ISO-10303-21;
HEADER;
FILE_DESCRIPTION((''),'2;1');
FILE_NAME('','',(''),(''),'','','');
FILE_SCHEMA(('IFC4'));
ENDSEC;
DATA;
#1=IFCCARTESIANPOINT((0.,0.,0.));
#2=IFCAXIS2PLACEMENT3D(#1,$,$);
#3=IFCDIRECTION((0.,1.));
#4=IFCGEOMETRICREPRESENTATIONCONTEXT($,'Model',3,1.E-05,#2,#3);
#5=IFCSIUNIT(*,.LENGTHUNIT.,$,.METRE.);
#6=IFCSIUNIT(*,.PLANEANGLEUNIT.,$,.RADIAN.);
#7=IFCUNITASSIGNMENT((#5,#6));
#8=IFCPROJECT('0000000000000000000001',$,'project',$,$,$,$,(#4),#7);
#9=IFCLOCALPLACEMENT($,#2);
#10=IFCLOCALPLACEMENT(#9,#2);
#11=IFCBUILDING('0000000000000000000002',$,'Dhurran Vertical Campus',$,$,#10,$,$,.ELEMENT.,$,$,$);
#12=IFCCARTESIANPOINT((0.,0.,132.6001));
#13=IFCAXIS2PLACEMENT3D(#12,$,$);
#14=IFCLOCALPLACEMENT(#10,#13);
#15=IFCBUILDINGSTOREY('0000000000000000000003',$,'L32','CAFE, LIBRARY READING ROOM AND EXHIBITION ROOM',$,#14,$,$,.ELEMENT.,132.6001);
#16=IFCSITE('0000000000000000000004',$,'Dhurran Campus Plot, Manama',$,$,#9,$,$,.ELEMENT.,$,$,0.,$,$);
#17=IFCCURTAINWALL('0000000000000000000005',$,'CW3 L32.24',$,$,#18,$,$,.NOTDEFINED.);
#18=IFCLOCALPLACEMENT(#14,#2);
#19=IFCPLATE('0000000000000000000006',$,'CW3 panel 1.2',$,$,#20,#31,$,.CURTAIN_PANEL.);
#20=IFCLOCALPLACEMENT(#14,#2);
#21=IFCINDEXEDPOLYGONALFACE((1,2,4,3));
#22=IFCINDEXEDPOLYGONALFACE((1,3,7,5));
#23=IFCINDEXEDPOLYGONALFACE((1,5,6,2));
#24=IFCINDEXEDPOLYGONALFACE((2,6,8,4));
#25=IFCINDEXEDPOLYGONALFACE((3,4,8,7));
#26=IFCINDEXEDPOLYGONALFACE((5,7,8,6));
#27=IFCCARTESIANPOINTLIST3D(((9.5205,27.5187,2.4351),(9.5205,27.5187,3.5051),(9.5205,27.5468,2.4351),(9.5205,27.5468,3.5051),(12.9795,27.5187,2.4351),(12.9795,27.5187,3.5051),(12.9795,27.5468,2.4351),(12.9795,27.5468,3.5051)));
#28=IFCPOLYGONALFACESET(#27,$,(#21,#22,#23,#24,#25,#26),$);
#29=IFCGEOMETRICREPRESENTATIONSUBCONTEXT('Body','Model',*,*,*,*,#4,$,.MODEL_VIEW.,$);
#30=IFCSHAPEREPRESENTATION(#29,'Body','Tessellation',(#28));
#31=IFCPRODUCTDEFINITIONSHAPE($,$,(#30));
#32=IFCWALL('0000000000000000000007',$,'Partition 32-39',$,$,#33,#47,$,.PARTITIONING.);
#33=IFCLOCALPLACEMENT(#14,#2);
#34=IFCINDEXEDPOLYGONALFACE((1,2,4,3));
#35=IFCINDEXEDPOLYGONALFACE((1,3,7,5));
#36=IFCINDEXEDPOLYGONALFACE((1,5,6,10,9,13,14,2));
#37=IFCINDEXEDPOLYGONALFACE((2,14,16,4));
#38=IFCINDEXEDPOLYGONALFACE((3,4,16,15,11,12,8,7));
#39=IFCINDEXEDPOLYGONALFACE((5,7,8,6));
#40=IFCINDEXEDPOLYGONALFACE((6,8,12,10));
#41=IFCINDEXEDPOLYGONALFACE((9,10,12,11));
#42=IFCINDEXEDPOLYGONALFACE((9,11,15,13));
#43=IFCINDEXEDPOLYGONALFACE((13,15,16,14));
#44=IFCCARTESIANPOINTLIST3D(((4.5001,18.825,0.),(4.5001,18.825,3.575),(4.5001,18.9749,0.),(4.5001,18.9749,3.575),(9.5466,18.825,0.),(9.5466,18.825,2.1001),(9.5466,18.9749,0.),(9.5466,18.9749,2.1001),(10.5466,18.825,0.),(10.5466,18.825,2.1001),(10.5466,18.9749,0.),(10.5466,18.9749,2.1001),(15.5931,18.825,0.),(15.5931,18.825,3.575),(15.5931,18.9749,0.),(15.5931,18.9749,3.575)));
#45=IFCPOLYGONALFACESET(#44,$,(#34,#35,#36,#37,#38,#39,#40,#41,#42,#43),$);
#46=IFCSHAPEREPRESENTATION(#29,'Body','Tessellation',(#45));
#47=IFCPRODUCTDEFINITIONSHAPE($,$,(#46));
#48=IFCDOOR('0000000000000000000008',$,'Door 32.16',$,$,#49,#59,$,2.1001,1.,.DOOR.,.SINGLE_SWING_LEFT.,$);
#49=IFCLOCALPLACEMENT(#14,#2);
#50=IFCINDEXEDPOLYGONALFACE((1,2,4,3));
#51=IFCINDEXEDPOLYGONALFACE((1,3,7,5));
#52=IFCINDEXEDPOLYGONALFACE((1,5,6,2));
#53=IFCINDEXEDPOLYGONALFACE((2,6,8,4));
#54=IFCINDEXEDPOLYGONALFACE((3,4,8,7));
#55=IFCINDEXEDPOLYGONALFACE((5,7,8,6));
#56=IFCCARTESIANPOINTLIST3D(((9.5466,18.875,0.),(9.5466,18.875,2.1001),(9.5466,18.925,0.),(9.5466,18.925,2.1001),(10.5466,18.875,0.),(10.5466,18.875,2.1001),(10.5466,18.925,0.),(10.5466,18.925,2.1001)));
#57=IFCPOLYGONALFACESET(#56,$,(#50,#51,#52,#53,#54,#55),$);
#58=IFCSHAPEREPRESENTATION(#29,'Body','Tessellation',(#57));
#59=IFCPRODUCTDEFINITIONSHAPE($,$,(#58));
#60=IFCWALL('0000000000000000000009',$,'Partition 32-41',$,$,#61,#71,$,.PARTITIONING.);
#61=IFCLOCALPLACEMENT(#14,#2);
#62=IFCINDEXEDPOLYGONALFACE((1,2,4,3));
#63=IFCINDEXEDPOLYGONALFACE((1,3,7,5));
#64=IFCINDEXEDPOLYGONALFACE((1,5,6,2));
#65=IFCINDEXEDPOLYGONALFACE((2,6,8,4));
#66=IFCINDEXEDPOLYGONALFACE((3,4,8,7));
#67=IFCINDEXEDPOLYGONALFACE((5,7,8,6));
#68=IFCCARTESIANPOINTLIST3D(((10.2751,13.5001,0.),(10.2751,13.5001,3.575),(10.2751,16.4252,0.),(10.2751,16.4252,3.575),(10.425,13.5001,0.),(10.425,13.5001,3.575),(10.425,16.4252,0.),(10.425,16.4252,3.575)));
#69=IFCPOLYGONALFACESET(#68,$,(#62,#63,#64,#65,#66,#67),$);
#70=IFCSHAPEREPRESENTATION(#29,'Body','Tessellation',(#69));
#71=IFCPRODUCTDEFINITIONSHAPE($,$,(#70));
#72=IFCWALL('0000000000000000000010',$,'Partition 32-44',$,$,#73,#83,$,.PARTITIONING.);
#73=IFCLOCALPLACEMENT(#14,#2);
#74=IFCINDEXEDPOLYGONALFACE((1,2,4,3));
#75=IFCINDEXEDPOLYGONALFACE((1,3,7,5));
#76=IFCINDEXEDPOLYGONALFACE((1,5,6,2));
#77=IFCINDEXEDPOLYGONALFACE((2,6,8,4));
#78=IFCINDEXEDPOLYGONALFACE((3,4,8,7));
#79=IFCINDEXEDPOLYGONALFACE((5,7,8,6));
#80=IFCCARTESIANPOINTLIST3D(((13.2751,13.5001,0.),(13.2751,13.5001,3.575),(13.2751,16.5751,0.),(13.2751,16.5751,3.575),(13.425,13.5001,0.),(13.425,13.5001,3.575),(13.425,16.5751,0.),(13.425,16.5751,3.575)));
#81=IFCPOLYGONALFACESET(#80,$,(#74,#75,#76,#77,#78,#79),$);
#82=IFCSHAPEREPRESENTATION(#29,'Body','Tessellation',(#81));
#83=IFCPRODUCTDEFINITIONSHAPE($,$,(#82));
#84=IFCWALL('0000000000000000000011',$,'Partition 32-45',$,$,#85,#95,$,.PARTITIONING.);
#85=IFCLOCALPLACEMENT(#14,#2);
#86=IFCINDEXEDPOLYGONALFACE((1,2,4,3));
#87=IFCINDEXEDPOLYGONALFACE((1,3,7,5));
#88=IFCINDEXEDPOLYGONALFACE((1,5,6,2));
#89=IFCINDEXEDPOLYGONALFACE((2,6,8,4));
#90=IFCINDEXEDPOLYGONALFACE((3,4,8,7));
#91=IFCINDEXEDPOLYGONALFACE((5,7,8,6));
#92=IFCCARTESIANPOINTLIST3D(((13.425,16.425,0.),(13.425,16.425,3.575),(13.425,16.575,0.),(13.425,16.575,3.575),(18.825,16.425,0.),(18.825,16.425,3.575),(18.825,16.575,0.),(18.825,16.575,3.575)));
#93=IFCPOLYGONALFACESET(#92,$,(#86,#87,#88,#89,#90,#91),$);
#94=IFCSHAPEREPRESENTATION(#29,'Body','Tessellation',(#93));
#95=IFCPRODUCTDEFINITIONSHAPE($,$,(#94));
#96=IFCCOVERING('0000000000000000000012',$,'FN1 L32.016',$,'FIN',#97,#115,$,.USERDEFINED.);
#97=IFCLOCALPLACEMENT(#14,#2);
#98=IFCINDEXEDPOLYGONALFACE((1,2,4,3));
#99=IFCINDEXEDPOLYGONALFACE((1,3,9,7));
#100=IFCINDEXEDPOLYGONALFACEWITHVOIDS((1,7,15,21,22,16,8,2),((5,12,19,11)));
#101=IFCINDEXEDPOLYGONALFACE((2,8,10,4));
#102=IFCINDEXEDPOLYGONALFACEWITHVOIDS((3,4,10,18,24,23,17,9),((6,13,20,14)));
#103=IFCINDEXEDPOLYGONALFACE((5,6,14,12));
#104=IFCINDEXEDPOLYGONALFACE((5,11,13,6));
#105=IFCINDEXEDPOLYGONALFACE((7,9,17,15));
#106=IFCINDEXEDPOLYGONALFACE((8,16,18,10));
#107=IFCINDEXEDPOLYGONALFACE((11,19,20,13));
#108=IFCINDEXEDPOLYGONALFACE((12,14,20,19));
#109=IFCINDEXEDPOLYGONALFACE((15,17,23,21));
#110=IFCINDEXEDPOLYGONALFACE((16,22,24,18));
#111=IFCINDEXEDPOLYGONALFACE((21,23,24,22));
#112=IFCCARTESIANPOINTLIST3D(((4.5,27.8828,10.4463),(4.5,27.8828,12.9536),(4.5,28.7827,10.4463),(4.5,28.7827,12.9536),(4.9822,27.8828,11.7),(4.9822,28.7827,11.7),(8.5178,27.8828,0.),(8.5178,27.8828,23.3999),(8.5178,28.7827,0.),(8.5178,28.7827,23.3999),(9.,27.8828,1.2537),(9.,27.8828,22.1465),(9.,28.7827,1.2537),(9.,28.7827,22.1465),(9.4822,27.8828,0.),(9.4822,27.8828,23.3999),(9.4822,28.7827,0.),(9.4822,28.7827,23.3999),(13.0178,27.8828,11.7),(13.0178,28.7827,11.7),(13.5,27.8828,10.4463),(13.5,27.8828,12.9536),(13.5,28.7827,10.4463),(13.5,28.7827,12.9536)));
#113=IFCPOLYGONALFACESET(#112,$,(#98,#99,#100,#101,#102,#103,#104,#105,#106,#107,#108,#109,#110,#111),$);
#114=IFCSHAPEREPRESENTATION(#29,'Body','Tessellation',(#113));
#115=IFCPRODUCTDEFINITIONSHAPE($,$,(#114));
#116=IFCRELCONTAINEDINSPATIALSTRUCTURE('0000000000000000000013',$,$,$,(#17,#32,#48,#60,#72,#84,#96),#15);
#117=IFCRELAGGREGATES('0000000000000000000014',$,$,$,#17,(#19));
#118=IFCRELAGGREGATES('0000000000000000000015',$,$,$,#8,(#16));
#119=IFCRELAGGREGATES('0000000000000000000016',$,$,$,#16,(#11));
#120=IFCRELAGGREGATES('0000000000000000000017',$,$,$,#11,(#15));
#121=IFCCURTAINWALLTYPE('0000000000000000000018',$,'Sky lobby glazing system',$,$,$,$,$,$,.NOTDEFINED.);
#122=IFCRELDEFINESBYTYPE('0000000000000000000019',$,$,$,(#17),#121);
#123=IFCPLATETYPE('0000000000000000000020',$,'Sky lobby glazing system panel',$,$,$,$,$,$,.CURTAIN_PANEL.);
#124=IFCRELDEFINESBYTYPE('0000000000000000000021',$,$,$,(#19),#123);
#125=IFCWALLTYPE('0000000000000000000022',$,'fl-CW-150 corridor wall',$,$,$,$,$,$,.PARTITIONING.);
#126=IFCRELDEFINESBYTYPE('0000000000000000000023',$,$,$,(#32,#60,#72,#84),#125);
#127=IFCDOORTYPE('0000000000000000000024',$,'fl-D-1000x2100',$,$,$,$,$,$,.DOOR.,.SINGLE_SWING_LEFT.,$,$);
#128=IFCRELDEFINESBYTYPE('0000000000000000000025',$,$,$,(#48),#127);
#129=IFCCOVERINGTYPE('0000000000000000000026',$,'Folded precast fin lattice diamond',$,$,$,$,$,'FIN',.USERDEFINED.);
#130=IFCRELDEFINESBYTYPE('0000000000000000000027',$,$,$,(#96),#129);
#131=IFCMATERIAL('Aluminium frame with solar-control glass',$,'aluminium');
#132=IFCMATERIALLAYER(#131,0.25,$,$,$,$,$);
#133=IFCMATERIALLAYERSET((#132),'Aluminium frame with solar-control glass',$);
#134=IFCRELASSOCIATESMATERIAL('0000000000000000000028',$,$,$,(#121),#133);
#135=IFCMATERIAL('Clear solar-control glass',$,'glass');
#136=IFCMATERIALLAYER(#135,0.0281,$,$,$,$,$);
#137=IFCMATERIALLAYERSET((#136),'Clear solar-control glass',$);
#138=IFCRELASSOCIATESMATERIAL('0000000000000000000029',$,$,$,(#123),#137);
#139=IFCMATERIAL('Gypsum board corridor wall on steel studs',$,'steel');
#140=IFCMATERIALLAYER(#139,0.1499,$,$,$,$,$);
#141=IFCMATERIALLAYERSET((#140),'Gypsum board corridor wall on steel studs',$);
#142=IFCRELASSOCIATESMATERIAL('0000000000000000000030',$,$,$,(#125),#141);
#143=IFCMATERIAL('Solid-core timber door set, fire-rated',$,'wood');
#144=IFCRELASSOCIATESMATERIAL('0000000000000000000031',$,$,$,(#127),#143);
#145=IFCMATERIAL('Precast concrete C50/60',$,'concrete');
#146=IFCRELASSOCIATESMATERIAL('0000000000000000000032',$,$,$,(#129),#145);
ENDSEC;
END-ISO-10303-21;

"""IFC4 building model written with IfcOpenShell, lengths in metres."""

from ifc_helpers import new_model, si_unit, direction, frame, frame_2d, origin, origin_2d, place, context, subcontext, project, spatial, polyline, rectangle, outline, extrude, material, layer, layer_set, type_object, element, fill, aggregate, save


model = new_model("IFC4")

# Units and contexts
model_context = context("Model", 3, precision=1e-05, world=origin(), true_north=direction((0.0, 1.0)))
body_context = subcontext(model_context, "Body", "Model", "MODEL_VIEW")
ifc_project = project(units=[si_unit("LENGTHUNIT", "METRE"), si_unit("PLANEANGLEUNIT", "RADIAN")], contexts=[model_context])

# Site, building, storey
site_placement = place(None, origin())
site = spatial("IfcSite", under=ifc_project, at=site_placement, Name="Dhurran Campus Plot, Manama", CompositionType="ELEMENT", RefElevation=0.0)
building_placement = place(site_placement, origin())
building = spatial("IfcBuilding", under=site, at=building_placement, Name="Dhurran Vertical Campus", CompositionType="ELEMENT")
storey_placement = place(building_placement, frame((0.0, 0.0, 132.6001)))
storey = spatial("IfcBuildingStorey", under=building, at=storey_placement, Name="L32", Description="CAFE, LIBRARY READING ROOM AND EXHIBITION ROOM", CompositionType="ELEMENT", Elevation=132.6001)

# Shared definitions
ifc_material_1 = material(Name="Aluminium frame with solar-control glass", Category="aluminium")
ifc_layer_1 = layer(ifc_material_1, 0.25)
ifc_layer_set_1 = layer_set([ifc_layer_1], Name="Aluminium frame with solar-control glass")
curtain_wall_type = type_object("IfcCurtainWallType", Name="Sky lobby glazing system", PredefinedType="NOTDEFINED", material=ifc_layer_set_1)

# Curtain wall
curtain_wall_1_placement = place(storey_placement, origin())
curtain_wall_1 = element("IfcCurtainWall", 1, at=curtain_wall_1_placement, inside=storey, type_object=curtain_wall_type, Name="CW3 L32.24", PredefinedType="NOTDEFINED")

# Plate
ifc_material_2 = material(Name="Clear solar-control glass", Category="glass")
ifc_layer_2 = layer(ifc_material_2, 0.0281)
ifc_layer_set_2 = layer_set([ifc_layer_2], Name="Clear solar-control glass")
plate_type = type_object("IfcPlateType", Name="Sky lobby glazing system panel", PredefinedType="CURTAIN_PANEL", material=ifc_layer_set_2)
plate_1_placement = place(storey_placement, frame((11.25, 27.5327, 2.4351), z_axis=(0.0, 0.0, 1.0), x_axis=(-1.0, 0.0, 0.0)))
plate_1 = element("IfcPlate", 2, at=plate_1_placement, type_object=plate_type, Name="CW3 panel 1.2", PredefinedType="CURTAIN_PANEL", context=body_context, shape_type="SweptSolid", body=[
    extrude(rectangle(XDim=3.459, YDim=0.0281, at=origin_2d()), origin(), (0.0, 0.0, 1.0), 1.0701),
])
aggregate(curtain_wall_1, [plate_1])

# Wall, opening, door
ifc_material_3 = material(Name="Gypsum board corridor wall on steel studs", Category="steel")
ifc_layer_3 = layer(ifc_material_3, 0.1499)
ifc_layer_set_3 = layer_set([ifc_layer_3], Name="Gypsum board corridor wall on steel studs")
wall_type = type_object("IfcWallType", Name="fl-CW-150 corridor wall", PredefinedType="PARTITIONING", material=ifc_layer_set_3)
wall_1_placement = place(storey_placement, frame((15.593, 18.8999, 0.0), z_axis=(0.0, 0.0, 1.0), x_axis=(-1.0, 0.0, 0.0)))
wall_1 = element("IfcWall", 3, at=wall_1_placement, inside=storey, type_object=wall_type, Name="Partition 32-39", PredefinedType="PARTITIONING", context=body_context, shape_type="SweptSolid", body=[
    extrude(rectangle(XDim=11.093, YDim=0.1499, at=frame_2d((5.5464, 0.0))), origin(), (0.0, 0.0, 1.0), 3.575),
])
opening_placement = place(wall_1_placement, frame((5.0464, 0.0, 0.0)))
opening = element("IfcOpeningElement", 4, at=opening_placement, cuts=wall_1, PredefinedType="OPENING", context=body_context, shape_type="SweptSolid", body=[
    extrude(rectangle(XDim=1.0, YDim=2.1001, at=frame_2d((0.5, 1.05))), frame((0.0, 0.085, 0.0), z_axis=(0.0, -1.0, 0.0), x_axis=(1.0, 0.0, 0.0)), (0.0, 0.0, 1.0), 0.1699),
])
ifc_material_4 = material(Name="Solid-core timber door set, fire-rated", Category="wood")
door_type = type_object("IfcDoorType", Name="fl-D-1000x2100", OperationType="SINGLE_SWING_LEFT", PredefinedType="DOOR", material=ifc_material_4)
door_placement = place(opening_placement, origin())
door = element("IfcDoor", 5, at=door_placement, inside=storey, type_object=door_type, Name="Door 32.16", OperationType="SINGLE_SWING_LEFT", OverallHeight=2.1001, OverallWidth=1.0, PredefinedType="DOOR", context=body_context, shape_type="SweptSolid", body=[
    extrude(rectangle(XDim=1.0, YDim=2.1001, at=frame_2d((0.5, 1.05))), frame((0.0, 0.0249, 0.0), z_axis=(0.0, -1.0, 0.0), x_axis=(1.0, 0.0, 0.0)), (0.0, 0.0, 1.0), 0.05),
])
fill(opening, door)

# Walls
wall_2_placement = place(storey_placement, frame((10.3501, 16.425, 0.0), z_axis=(0.0, 0.0, 1.0), x_axis=(0.0, -1.0, 0.0)))
element("IfcWall", 6, at=wall_2_placement, inside=storey, type_object=wall_type, Name="Partition 32-41", PredefinedType="PARTITIONING", context=body_context, shape_type="SweptSolid", body=[
    extrude(rectangle(XDim=2.925, YDim=0.1499, at=frame_2d((1.4624, 0.0))), origin(), (0.0, 0.0, 1.0), 3.575),
])
wall_3_placement = place(storey_placement, frame((13.3501, 13.5, 0.0), z_axis=(0.0, 0.0, 1.0), x_axis=(0.0, 1.0, 0.0)))
element("IfcWall", 7, at=wall_3_placement, inside=storey, type_object=wall_type, Name="Partition 32-44", PredefinedType="PARTITIONING", context=body_context, shape_type="SweptSolid", body=[
    extrude(rectangle(XDim=3.075, YDim=0.1499, at=frame_2d((1.5376, 0.0))), origin(), (0.0, 0.0, 1.0), 3.575),
])
wall_4_placement = place(storey_placement, frame((13.425, 16.5, 0.0), z_axis=(0.0, 0.0, 1.0), x_axis=(1.0, 0.0, 0.0)))
element("IfcWall", 8, at=wall_4_placement, inside=storey, type_object=wall_type, Name="Partition 32-45", PredefinedType="PARTITIONING", context=body_context, shape_type="SweptSolid", body=[
    extrude(rectangle(XDim=5.3999, YDim=0.1499, at=frame_2d((2.7, 0.0))), origin(), (0.0, 0.0, 1.0), 3.575),
])

# Covering
ifc_material_5 = material(Name="Precast concrete C50/60", Category="concrete")
covering_type = type_object("IfcCoveringType", Name="Folded precast fin lattice diamond", ElementType="FIN", PredefinedType="USERDEFINED", material=ifc_material_5)
covering_placement = place(storey_placement, frame((13.5, 27.8828, 0.0), z_axis=(0.0, 1.0, 0.0), x_axis=(-1.0, 0.0, 0.0)))
element("IfcCovering", 9, at=covering_placement, inside=storey, type_object=covering_type, Name="FN1 L32.016", ObjectType="FIN", PredefinedType="USERDEFINED", context=body_context, shape_type="SweptSolid", body=[
    extrude(outline(polyline([(9.0, 12.9536), (9.0, 10.4463), (4.9822, 0.0), (4.0178, 0.0), (0.0, 10.4463), (0.0, 12.9536), (4.0178, 23.3999), (4.9822, 23.3999), (9.0, 12.9536)]), holes=[polyline([(8.5178, 11.7), (4.5, 22.1465), (0.4822, 11.7), (4.5, 1.2537), (8.5178, 11.7)])]), origin(), (0.0, 0.0, 1.0), 0.8999),
])

save(model, "model.ifc")
